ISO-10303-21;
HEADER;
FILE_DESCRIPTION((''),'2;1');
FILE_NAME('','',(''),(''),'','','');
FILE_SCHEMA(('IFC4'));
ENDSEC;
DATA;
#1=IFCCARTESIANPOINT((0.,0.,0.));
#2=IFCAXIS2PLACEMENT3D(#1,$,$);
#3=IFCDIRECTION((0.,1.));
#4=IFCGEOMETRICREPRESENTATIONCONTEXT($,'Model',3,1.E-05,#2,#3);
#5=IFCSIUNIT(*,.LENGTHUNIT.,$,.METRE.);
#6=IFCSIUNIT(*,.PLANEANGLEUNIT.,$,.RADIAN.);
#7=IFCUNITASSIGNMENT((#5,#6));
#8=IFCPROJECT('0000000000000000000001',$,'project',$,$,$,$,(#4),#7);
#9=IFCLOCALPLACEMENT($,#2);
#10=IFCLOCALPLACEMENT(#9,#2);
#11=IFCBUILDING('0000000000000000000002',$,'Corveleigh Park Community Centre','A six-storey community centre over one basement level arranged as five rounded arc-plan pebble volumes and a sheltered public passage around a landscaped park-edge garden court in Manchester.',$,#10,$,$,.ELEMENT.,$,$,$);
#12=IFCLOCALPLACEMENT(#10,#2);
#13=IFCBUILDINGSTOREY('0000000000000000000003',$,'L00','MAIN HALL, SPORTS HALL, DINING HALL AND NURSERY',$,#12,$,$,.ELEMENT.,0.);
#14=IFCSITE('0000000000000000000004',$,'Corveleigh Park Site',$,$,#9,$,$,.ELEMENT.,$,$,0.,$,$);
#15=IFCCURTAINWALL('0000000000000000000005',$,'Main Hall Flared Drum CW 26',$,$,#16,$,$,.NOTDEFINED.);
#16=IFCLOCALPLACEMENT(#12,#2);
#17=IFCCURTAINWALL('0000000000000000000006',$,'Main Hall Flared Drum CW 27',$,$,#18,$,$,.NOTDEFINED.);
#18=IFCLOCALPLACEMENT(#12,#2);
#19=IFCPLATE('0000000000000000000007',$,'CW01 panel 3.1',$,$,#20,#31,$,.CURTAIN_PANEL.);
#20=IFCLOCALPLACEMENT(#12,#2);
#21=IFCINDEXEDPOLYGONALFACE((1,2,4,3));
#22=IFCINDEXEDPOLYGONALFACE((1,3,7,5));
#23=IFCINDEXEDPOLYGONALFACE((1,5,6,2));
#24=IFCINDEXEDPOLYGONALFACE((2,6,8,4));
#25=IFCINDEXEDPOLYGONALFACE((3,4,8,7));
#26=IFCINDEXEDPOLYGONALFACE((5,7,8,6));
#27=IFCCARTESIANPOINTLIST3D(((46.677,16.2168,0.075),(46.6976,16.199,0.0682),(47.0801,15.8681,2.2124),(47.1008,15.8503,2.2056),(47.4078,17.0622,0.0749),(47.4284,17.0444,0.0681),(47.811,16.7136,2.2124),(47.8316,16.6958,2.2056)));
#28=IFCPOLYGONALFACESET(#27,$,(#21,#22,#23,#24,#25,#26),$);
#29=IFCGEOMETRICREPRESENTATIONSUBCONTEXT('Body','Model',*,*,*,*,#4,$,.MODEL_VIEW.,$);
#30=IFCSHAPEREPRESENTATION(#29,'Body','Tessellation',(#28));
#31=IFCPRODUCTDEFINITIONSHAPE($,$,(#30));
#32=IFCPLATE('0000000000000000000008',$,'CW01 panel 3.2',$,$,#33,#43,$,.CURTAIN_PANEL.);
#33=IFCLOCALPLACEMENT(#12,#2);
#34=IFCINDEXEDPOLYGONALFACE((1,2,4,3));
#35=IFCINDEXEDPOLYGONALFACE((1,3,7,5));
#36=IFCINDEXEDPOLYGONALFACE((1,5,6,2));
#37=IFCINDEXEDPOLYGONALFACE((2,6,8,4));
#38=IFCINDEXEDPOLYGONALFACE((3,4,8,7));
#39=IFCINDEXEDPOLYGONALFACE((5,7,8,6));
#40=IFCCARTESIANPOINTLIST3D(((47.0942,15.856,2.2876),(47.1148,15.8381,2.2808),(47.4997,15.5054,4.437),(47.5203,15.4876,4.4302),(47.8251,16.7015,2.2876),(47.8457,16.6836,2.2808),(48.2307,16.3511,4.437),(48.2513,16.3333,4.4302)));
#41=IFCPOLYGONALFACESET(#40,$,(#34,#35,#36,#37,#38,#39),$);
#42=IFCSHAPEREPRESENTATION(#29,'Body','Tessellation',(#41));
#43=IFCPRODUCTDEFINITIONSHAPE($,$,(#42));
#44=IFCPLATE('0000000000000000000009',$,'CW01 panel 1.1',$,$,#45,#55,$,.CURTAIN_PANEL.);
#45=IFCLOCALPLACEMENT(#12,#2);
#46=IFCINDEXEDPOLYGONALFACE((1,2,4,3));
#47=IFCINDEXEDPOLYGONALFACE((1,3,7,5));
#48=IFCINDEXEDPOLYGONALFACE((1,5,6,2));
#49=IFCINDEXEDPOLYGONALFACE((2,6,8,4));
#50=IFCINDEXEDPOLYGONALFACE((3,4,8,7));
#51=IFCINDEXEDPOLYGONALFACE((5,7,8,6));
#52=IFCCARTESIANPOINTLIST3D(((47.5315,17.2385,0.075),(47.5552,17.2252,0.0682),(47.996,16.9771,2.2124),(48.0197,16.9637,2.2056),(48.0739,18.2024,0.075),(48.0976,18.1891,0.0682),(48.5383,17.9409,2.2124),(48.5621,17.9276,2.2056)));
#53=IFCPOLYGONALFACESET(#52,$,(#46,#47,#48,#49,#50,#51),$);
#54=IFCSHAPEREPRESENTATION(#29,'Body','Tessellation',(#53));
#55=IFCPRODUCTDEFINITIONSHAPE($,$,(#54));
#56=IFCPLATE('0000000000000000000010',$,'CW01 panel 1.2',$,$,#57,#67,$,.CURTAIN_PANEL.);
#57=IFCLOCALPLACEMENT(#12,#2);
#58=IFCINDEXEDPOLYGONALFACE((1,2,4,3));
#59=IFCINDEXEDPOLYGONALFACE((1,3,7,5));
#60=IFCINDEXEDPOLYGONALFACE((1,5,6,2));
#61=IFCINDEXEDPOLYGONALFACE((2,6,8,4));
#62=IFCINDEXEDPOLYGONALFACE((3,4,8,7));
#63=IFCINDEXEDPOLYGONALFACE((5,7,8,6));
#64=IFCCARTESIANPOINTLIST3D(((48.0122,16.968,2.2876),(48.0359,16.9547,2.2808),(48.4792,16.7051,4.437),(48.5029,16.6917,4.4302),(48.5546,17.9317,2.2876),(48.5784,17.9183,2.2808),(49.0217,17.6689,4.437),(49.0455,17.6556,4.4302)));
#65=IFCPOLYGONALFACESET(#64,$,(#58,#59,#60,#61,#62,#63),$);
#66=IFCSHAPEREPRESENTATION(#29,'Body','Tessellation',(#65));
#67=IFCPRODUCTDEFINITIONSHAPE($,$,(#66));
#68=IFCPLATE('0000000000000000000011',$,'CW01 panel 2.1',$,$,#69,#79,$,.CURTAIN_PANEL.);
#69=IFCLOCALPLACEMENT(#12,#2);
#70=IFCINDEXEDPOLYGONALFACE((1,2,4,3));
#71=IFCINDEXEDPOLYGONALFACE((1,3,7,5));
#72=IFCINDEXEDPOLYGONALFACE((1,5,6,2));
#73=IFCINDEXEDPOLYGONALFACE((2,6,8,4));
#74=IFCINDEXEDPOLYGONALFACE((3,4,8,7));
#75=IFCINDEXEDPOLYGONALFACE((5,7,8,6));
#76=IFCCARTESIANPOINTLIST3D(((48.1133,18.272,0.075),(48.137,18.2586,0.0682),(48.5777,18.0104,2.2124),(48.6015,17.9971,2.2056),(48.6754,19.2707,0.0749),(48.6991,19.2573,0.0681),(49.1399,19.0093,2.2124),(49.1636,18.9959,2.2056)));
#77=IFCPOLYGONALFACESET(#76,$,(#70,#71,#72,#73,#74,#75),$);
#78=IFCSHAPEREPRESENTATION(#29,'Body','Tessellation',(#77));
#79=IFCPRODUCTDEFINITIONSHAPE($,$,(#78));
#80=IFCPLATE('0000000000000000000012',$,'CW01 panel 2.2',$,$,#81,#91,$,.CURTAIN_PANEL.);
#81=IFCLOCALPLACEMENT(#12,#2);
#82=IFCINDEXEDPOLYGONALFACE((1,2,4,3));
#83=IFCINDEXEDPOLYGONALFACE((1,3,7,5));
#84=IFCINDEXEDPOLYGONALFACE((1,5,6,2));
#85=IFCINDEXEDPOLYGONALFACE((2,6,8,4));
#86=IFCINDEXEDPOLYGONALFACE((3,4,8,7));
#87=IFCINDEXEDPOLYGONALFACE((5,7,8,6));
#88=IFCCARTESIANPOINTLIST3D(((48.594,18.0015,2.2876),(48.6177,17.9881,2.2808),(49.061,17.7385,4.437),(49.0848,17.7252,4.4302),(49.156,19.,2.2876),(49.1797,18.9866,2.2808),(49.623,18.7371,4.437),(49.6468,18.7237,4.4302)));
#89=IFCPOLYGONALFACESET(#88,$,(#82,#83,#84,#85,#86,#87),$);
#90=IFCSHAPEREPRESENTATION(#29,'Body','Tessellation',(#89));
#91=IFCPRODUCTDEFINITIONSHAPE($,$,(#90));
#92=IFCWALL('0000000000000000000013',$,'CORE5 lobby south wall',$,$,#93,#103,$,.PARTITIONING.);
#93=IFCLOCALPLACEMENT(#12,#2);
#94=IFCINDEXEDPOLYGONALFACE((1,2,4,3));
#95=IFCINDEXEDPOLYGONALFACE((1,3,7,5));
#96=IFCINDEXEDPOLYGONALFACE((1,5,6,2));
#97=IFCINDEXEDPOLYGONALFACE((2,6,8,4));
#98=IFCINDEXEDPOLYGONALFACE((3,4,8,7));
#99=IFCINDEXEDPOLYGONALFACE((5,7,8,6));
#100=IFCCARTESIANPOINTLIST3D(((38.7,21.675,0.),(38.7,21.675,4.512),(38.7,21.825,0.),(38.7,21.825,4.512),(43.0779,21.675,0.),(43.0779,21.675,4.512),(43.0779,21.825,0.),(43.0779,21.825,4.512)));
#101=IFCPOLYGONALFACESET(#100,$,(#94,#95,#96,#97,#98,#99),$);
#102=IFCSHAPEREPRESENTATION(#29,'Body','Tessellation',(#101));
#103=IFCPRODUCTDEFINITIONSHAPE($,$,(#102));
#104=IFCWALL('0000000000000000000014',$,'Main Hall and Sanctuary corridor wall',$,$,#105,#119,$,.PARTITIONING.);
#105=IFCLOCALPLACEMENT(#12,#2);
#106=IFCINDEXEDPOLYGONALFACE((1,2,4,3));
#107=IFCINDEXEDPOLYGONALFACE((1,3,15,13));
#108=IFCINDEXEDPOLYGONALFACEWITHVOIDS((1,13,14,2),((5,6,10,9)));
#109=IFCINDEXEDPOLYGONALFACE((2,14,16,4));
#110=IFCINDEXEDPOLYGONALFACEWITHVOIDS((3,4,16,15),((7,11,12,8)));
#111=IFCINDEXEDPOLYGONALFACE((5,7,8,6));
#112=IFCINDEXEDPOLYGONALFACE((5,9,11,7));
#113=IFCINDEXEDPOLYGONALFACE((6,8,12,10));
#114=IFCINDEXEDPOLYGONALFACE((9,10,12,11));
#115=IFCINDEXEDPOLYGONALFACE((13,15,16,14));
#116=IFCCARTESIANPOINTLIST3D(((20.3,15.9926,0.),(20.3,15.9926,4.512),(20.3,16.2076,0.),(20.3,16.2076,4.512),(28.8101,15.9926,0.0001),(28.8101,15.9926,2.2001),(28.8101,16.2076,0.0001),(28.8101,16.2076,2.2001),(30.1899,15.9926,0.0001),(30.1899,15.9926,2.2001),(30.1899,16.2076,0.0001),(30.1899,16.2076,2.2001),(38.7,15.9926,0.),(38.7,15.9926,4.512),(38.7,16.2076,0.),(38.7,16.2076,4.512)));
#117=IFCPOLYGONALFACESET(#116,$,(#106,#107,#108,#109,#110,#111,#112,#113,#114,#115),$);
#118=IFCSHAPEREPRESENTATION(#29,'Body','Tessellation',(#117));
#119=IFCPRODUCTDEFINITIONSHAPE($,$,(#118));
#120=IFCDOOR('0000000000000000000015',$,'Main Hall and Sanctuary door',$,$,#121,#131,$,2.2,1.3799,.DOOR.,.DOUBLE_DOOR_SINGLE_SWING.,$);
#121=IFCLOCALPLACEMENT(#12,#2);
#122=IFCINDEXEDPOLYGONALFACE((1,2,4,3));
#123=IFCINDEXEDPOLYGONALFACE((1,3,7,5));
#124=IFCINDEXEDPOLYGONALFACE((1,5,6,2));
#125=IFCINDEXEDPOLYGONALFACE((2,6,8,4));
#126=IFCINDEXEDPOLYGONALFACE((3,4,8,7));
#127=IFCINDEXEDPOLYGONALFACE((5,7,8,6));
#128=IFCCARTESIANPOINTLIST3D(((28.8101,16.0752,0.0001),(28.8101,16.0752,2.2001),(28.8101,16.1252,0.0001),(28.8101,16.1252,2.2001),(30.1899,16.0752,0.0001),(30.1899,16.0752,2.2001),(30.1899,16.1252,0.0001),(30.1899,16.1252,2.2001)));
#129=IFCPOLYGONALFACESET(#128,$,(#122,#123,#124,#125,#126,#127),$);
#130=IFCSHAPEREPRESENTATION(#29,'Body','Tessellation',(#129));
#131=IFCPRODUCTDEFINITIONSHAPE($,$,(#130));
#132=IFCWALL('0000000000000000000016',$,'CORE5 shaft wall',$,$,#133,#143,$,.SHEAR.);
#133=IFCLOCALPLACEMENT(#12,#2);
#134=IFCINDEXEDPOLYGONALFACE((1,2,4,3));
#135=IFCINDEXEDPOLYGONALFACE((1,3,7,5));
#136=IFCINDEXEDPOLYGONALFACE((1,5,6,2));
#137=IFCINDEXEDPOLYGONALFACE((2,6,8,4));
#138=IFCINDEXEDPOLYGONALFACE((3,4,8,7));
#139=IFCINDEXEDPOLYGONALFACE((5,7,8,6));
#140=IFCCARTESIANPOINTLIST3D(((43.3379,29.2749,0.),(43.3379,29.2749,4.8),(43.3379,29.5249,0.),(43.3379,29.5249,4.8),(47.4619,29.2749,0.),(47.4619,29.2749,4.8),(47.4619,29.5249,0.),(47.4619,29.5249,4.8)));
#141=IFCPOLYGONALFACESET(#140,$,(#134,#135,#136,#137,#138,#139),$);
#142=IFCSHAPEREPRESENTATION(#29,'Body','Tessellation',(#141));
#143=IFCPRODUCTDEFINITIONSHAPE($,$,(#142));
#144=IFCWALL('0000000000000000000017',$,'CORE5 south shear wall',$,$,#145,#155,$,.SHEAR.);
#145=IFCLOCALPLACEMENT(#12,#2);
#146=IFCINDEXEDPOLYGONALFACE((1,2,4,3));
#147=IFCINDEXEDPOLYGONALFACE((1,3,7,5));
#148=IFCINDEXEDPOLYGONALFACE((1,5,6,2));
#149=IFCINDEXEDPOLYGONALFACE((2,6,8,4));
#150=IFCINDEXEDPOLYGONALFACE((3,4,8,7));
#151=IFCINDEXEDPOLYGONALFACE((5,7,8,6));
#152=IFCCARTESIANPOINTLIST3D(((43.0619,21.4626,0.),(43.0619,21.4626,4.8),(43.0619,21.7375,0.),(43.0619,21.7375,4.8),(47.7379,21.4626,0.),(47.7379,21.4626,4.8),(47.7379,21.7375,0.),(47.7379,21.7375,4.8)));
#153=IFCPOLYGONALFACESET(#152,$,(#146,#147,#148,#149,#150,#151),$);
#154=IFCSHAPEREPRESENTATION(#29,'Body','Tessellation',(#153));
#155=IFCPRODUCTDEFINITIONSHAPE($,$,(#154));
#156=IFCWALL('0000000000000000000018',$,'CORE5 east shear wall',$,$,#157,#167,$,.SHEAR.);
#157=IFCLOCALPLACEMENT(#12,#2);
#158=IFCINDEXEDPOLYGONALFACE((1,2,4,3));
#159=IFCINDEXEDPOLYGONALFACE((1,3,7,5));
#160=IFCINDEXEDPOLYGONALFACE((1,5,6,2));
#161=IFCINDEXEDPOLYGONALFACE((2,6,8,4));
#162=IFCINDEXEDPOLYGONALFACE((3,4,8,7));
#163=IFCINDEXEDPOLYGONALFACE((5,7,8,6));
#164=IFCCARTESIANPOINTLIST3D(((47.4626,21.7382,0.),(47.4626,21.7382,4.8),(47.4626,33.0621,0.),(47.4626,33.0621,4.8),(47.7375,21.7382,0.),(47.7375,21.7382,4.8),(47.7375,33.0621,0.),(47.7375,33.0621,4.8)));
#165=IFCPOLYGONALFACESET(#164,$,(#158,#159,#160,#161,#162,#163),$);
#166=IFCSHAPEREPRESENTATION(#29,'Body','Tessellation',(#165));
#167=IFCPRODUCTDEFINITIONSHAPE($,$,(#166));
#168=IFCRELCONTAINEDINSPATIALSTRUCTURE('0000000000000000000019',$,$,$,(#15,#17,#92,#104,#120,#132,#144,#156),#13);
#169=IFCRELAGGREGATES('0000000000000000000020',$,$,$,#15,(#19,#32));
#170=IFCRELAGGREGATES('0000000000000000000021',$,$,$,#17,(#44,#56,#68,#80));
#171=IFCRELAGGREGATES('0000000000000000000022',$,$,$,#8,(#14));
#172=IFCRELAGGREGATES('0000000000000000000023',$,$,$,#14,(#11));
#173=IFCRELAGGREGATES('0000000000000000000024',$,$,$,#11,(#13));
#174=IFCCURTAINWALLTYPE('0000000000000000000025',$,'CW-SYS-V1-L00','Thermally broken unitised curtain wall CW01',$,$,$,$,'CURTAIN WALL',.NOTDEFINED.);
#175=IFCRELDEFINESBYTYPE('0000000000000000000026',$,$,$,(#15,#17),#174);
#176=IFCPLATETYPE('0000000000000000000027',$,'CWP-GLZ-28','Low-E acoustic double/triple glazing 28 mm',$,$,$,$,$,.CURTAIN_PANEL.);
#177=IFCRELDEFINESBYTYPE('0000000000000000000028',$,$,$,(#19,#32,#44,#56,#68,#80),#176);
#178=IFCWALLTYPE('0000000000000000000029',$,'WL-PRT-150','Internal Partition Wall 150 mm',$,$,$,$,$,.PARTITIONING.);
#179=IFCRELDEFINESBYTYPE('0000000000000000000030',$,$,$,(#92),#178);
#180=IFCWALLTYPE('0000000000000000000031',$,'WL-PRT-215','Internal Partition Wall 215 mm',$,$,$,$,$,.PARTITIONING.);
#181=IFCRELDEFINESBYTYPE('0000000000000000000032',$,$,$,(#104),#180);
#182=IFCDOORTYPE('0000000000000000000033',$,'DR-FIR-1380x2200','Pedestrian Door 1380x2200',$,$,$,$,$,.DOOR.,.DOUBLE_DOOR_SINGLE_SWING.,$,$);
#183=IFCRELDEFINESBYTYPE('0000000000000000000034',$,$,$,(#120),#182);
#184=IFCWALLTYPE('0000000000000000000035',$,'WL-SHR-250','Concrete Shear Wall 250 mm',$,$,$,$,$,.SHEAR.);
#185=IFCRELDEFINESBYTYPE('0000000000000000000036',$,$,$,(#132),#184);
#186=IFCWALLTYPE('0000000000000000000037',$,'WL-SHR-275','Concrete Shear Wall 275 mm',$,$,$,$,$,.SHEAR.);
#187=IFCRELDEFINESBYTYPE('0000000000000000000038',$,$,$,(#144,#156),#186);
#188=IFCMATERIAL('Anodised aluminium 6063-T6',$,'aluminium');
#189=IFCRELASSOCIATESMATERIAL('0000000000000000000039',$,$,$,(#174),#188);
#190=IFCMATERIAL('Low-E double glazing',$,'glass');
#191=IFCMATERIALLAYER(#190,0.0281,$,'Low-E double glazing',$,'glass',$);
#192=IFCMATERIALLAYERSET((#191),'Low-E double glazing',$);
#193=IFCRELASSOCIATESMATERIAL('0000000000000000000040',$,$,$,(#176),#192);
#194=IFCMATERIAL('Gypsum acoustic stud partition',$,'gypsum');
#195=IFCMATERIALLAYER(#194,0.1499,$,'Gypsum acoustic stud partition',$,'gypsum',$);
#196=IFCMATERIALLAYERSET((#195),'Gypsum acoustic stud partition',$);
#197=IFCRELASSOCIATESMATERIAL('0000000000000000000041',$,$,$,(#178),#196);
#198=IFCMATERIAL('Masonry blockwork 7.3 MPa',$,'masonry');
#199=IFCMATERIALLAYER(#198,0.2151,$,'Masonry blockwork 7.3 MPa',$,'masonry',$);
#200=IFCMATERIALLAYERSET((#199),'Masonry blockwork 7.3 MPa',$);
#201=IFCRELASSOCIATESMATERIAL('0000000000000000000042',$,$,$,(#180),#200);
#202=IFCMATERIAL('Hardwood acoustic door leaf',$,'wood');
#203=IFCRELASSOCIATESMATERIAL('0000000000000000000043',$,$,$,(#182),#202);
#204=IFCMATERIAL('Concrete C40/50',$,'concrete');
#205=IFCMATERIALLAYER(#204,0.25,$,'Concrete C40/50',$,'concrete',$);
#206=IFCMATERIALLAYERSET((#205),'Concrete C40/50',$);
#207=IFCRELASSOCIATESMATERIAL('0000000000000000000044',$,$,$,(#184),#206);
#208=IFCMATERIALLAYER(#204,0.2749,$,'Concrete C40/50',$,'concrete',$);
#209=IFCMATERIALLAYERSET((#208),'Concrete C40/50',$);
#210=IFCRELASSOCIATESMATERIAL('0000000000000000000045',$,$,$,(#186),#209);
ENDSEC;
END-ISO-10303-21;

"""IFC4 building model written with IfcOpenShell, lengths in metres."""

from ifc_helpers import new_model, si_unit, direction, frame, frame_2d, origin, place, context, subcontext, project, spatial, polyline, rectangle, outline, extrude, material, layer, layer_set, type_object, element, fill, aggregate, save


model = new_model("IFC4")

# Units and contexts
model_context = context("Model", 3, precision=1e-05, world=origin(), true_north=direction((0.0, 1.0)))
body_context = subcontext(model_context, "Body", "Model", "MODEL_VIEW")
ifc_project = project(units=[si_unit("LENGTHUNIT", "METRE"), si_unit("PLANEANGLEUNIT", "RADIAN")], contexts=[model_context])

# Site, building, storey
site_placement = place(None, origin())
site = spatial("IfcSite", under=ifc_project, at=site_placement, Name="Corveleigh Park Site", CompositionType="ELEMENT", RefElevation=0.0)
building_placement = place(site_placement, origin())
building = spatial("IfcBuilding", under=site, at=building_placement, Name="Corveleigh Park Community Centre", Description="A six-storey community centre over one basement level arranged as five rounded arc-plan pebble volumes and a sheltered public passage around a landscaped park-edge garden court in Manchester.", CompositionType="ELEMENT")
storey_placement = place(building_placement, origin())
storey = spatial("IfcBuildingStorey", under=building, at=storey_placement, Name="L00", Description="MAIN HALL, SPORTS HALL, DINING HALL AND NURSERY", CompositionType="ELEMENT", Elevation=0.0)

# Shared definitions
ifc_material_1 = material(Name="Concrete C40/50", Category="concrete")

# Curtain walls
ifc_material_2 = material(Name="Anodised aluminium 6063-T6", Category="aluminium")
curtain_wall_type = type_object("IfcCurtainWallType", Name="CW-SYS-V1-L00", Description="Thermally broken unitised curtain wall CW01", ElementType="CURTAIN WALL", PredefinedType="NOTDEFINED", material=ifc_material_2)
curtain_wall_1_placement = place(storey_placement, origin())
curtain_wall_1 = element("IfcCurtainWall", 1, at=curtain_wall_1_placement, inside=storey, type_object=curtain_wall_type, Name="Main Hall Flared Drum CW 26", PredefinedType="NOTDEFINED")
curtain_wall_2_placement = place(storey_placement, origin())
curtain_wall_2 = element("IfcCurtainWall", 2, at=curtain_wall_2_placement, inside=storey, type_object=curtain_wall_type, Name="Main Hall Flared Drum CW 27", PredefinedType="NOTDEFINED")

# Plates
ifc_material_3 = material(Name="Low-E double glazing", Category="glass")
ifc_layer_1 = layer(ifc_material_3, 0.0281, Name="Low-E double glazing", Category="glass")
ifc_layer_set_1 = layer_set([ifc_layer_1], Name="Low-E double glazing")
plate_type = type_object("IfcPlateType", Name="CWP-GLZ-28", Description="Low-E acoustic double/triple glazing 28 mm", PredefinedType="CURTAIN_PANEL", material=ifc_layer_set_1)
plate_1_placement = place(storey_placement, frame((46.677, 16.2168, 0.075), z_axis=(-0.734048, 0.634529, 0.241963), x_axis=(0.653957, 0.756531, -0.000019)))
plate_1 = element("IfcPlate", 3, at=plate_1_placement, type_object=plate_type, Name="CW01 panel 3.1", PredefinedType="CURTAIN_PANEL", context=body_context, shape_type="SweptSolid", body=[
    extrude(outline(polyline([(0.0, 0.0), (1.1175, 0.0), (1.1174, -2.2029), (-0.0002, -2.2029), (0.0, 0.0)])), origin(), (0.0, 0.0, -1.0), 0.0281),
])
plate_2_placement = place(storey_placement, frame((47.0942, 15.856, 2.2876), z_axis=(-0.734044, 0.634539, 0.24195), x_axis=(0.653973, 0.756518, 0.000017)))
plate_2 = element("IfcPlate", 4, at=plate_2_placement, type_object=plate_type, Name="CW01 panel 3.2", PredefinedType="CURTAIN_PANEL", context=body_context, shape_type="SweptSolid", body=[
    extrude(outline(polyline([(0.0, 0.0), (1.1176, 0.0), (1.1178, -2.2152), (0.0, -2.2153), (0.0, 0.0)])), origin(), (0.0, 0.0, -1.0), 0.0281),
])
aggregate(curtain_wall_1, [plate_1, plate_2])
plate_3_placement = place(storey_placement, frame((47.5315, 17.2385, 0.075), z_axis=(-0.845609, 0.475816, 0.241961), x_axis=(0.490392, 0.871502, 0.000023)))
plate_3 = element("IfcPlate", 5, at=plate_3_placement, type_object=plate_type, Name="CW01 panel 1.1", PredefinedType="CURTAIN_PANEL", context=body_context, shape_type="SweptSolid", body=[
    extrude(outline(polyline([(0.0, 0.0), (1.106, 0.0), (1.1059, -2.2029), (0.0, -2.2029), (0.0, 0.0)])), origin(), (0.0, 0.0, -1.0), 0.0281),
])
plate_4_placement = place(storey_placement, frame((48.0122, 16.968, 2.2876), z_axis=(-0.845546, 0.475947, 0.241923), x_axis=(0.490521, 0.87143, 0.000013)))
plate_4 = element("IfcPlate", 6, at=plate_4_placement, type_object=plate_type, Name="CW01 panel 1.2", PredefinedType="CURTAIN_PANEL", context=body_context, shape_type="SweptSolid", body=[
    extrude(outline(polyline([(0.0, 0.0), (1.1058, 0.0), (1.106, -2.2152), (0.0, -2.2152), (0.0, 0.0)])), origin(), (0.0, 0.0, -1.0), 0.0281),
])
plate_5_placement = place(storey_placement, frame((48.1133, 18.272, 0.075), z_axis=(-0.845562, 0.4759, 0.241961), x_axis=(0.490469, 0.871459, -0.000022)))
plate_5 = element("IfcPlate", 7, at=plate_5_placement, type_object=plate_type, Name="CW01 panel 2.1", PredefinedType="CURTAIN_PANEL", context=body_context, shape_type="SweptSolid", body=[
    extrude(outline(polyline([(0.0, 0.0), (1.146, 0.0), (1.146, -2.2029), (-0.0002, -2.2029), (0.0, 0.0)])), origin(), (0.0, 0.0, -1.0), 0.0281),
])
plate_6_placement = place(storey_placement, frame((48.594, 18.0015, 2.2876), z_axis=(-0.845559, 0.475911, 0.241948), x_axis=(0.490484, 0.87145, 0.0)))
plate_6 = element("IfcPlate", 8, at=plate_6_placement, type_object=plate_type, Name="CW01 panel 2.2", PredefinedType="CURTAIN_PANEL", context=body_context, shape_type="SweptSolid", body=[
    extrude(outline(polyline([(0.0, 0.0), (1.1458, 0.0), (1.1458, -2.2152), (-0.0001, -2.2152), (0.0, 0.0)])), origin(), (0.0, 0.0, -1.0), 0.0281),
])
aggregate(curtain_wall_2, [plate_3, plate_4, plate_5, plate_6])

# Wall
ifc_material_4 = material(Name="Gypsum acoustic stud partition", Category="gypsum")
ifc_layer_2 = layer(ifc_material_4, 0.1499, Name="Gypsum acoustic stud partition", Category="gypsum")
ifc_layer_set_2 = layer_set([ifc_layer_2], Name="Gypsum acoustic stud partition")
wall_type_1 = type_object("IfcWallType", Name="WL-PRT-150", Description="Internal Partition Wall 150 mm", PredefinedType="PARTITIONING", material=ifc_layer_set_2)
wall_1_placement = place(storey_placement, frame((38.7, 21.75, 0.0), z_axis=(0.0, 0.0, 1.0), x_axis=(1.0, 0.0, 0.0)))
element("IfcWall", 9, at=wall_1_placement, inside=storey, type_object=wall_type_1, Name="CORE5 lobby south wall", PredefinedType="PARTITIONING", context=body_context, shape_type="SweptSolid", body=[
    extrude(rectangle(XDim=4.3779, YDim=0.1499, at=frame_2d((2.189, 0.0))), origin(), (0.0, 0.0, 1.0), 4.512),
])

# Wall, opening, door
ifc_material_5 = material(Name="Masonry blockwork 7.3 MPa", Category="masonry")
ifc_layer_3 = layer(ifc_material_5, 0.2151, Name="Masonry blockwork 7.3 MPa", Category="masonry")
ifc_layer_set_3 = layer_set([ifc_layer_3], Name="Masonry blockwork 7.3 MPa")
wall_type_2 = type_object("IfcWallType", Name="WL-PRT-215", Description="Internal Partition Wall 215 mm", PredefinedType="PARTITIONING", material=ifc_layer_set_3)
wall_2_placement = place(storey_placement, frame((38.7, 16.1001, 0.0), z_axis=(0.0, 0.0, 1.0), x_axis=(-1.0, 0.0, 0.0)))
wall_2 = element("IfcWall", 10, at=wall_2_placement, inside=storey, type_object=wall_type_2, Name="Main Hall and Sanctuary corridor wall", PredefinedType="PARTITIONING", context=body_context, shape_type="SweptSolid", body=[
    extrude(rectangle(XDim=18.3999, YDim=0.2151, at=frame_2d((9.2, 0.0))), origin(), (0.0, 0.0, 1.0), 4.512),
])
opening_placement = place(wall_2_placement, frame((8.51, 0.0, 0.0)))
opening = element("IfcOpeningElement", 11, at=opening_placement, cuts=wall_2, PredefinedType="OPENING", context=body_context, shape_type="SweptSolid", body=[
    extrude(rectangle(XDim=1.3799, YDim=2.2, at=frame_2d((0.6899, 1.1001))), frame((0.0, 0.1174, 0.0), z_axis=(0.0, -1.0, 0.0), x_axis=(1.0, 0.0, 0.0)), (0.0, 0.0, 1.0), 0.2351),
])
ifc_material_6 = material(Name="Hardwood acoustic door leaf", Category="wood")
door_type = type_object("IfcDoorType", Name="DR-FIR-1380x2200", Description="Pedestrian Door 1380x2200", OperationType="DOUBLE_DOOR_SINGLE_SWING", PredefinedType="DOOR", material=ifc_material_6)
door_placement = place(opening_placement, origin())
door = element("IfcDoor", 12, at=door_placement, inside=storey, type_object=door_type, Name="Main Hall and Sanctuary door", OperationType="DOUBLE_DOOR_SINGLE_SWING", OverallHeight=2.2, OverallWidth=1.3799, PredefinedType="DOOR", context=body_context, shape_type="SweptSolid", body=[
    extrude(rectangle(XDim=1.3799, YDim=2.2, at=frame_2d((0.6899, 1.1001))), frame((0.0, 0.0249, 0.0), z_axis=(0.0, -1.0, 0.0), x_axis=(1.0, 0.0, 0.0)), (0.0, 0.0, 1.0), 0.05),
])
fill(opening, door)

# Walls
ifc_layer_4 = layer(ifc_material_1, 0.25, Name="Concrete C40/50", Category="concrete")
ifc_layer_set_4 = layer_set([ifc_layer_4], Name="Concrete C40/50")
wall_type_3 = type_object("IfcWallType", Name="WL-SHR-250", Description="Concrete Shear Wall 250 mm", PredefinedType="SHEAR", material=ifc_layer_set_4)
wall_3_placement = place(storey_placement, frame((43.3379, 29.3999, 0.0), z_axis=(0.0, 0.0, 1.0), x_axis=(1.0, 0.0, 0.0)))
element("IfcWall", 13, at=wall_3_placement, inside=storey, type_object=wall_type_3, Name="CORE5 shaft wall", PredefinedType="SHEAR", context=body_context, shape_type="SweptSolid", body=[
    extrude(rectangle(XDim=4.124, YDim=0.25, at=frame_2d((2.062, 0.0))), origin(), (0.0, 0.0, 1.0), 4.8),
])
ifc_layer_5 = layer(ifc_material_1, 0.2749, Name="Concrete C40/50", Category="concrete")
ifc_layer_set_5 = layer_set([ifc_layer_5], Name="Concrete C40/50")
wall_type_4 = type_object("IfcWallType", Name="WL-SHR-275", Description="Concrete Shear Wall 275 mm", PredefinedType="SHEAR", material=ifc_layer_set_5)
wall_4_placement = place(storey_placement, frame((43.062, 21.6001, 0.0), z_axis=(0.0, 0.0, 1.0), x_axis=(1.0, 0.0, 0.0)))
element("IfcWall", 14, at=wall_4_placement, inside=storey, type_object=wall_type_4, Name="CORE5 south shear wall", PredefinedType="SHEAR", context=body_context, shape_type="SweptSolid", body=[
    extrude(rectangle(XDim=4.676, YDim=0.2749, at=frame_2d((2.3379, 0.0))), origin(), (0.0, 0.0, 1.0), 4.8),
])
wall_5_placement = place(storey_placement, frame((47.6001, 21.738, 0.0), z_axis=(0.0, 0.0, 1.0), x_axis=(0.0, 1.0, 0.0)))
element("IfcWall", 15, at=wall_5_placement, inside=storey, type_object=wall_type_4, Name="CORE5 east shear wall", PredefinedType="SHEAR", context=body_context, shape_type="SweptSolid", body=[
    extrude(rectangle(XDim=11.324, YDim=0.2749, at=frame_2d((5.6621, 0.0))), origin(), (0.0, 0.0, 1.0), 4.8),
])

save(model, "model.ifc")
